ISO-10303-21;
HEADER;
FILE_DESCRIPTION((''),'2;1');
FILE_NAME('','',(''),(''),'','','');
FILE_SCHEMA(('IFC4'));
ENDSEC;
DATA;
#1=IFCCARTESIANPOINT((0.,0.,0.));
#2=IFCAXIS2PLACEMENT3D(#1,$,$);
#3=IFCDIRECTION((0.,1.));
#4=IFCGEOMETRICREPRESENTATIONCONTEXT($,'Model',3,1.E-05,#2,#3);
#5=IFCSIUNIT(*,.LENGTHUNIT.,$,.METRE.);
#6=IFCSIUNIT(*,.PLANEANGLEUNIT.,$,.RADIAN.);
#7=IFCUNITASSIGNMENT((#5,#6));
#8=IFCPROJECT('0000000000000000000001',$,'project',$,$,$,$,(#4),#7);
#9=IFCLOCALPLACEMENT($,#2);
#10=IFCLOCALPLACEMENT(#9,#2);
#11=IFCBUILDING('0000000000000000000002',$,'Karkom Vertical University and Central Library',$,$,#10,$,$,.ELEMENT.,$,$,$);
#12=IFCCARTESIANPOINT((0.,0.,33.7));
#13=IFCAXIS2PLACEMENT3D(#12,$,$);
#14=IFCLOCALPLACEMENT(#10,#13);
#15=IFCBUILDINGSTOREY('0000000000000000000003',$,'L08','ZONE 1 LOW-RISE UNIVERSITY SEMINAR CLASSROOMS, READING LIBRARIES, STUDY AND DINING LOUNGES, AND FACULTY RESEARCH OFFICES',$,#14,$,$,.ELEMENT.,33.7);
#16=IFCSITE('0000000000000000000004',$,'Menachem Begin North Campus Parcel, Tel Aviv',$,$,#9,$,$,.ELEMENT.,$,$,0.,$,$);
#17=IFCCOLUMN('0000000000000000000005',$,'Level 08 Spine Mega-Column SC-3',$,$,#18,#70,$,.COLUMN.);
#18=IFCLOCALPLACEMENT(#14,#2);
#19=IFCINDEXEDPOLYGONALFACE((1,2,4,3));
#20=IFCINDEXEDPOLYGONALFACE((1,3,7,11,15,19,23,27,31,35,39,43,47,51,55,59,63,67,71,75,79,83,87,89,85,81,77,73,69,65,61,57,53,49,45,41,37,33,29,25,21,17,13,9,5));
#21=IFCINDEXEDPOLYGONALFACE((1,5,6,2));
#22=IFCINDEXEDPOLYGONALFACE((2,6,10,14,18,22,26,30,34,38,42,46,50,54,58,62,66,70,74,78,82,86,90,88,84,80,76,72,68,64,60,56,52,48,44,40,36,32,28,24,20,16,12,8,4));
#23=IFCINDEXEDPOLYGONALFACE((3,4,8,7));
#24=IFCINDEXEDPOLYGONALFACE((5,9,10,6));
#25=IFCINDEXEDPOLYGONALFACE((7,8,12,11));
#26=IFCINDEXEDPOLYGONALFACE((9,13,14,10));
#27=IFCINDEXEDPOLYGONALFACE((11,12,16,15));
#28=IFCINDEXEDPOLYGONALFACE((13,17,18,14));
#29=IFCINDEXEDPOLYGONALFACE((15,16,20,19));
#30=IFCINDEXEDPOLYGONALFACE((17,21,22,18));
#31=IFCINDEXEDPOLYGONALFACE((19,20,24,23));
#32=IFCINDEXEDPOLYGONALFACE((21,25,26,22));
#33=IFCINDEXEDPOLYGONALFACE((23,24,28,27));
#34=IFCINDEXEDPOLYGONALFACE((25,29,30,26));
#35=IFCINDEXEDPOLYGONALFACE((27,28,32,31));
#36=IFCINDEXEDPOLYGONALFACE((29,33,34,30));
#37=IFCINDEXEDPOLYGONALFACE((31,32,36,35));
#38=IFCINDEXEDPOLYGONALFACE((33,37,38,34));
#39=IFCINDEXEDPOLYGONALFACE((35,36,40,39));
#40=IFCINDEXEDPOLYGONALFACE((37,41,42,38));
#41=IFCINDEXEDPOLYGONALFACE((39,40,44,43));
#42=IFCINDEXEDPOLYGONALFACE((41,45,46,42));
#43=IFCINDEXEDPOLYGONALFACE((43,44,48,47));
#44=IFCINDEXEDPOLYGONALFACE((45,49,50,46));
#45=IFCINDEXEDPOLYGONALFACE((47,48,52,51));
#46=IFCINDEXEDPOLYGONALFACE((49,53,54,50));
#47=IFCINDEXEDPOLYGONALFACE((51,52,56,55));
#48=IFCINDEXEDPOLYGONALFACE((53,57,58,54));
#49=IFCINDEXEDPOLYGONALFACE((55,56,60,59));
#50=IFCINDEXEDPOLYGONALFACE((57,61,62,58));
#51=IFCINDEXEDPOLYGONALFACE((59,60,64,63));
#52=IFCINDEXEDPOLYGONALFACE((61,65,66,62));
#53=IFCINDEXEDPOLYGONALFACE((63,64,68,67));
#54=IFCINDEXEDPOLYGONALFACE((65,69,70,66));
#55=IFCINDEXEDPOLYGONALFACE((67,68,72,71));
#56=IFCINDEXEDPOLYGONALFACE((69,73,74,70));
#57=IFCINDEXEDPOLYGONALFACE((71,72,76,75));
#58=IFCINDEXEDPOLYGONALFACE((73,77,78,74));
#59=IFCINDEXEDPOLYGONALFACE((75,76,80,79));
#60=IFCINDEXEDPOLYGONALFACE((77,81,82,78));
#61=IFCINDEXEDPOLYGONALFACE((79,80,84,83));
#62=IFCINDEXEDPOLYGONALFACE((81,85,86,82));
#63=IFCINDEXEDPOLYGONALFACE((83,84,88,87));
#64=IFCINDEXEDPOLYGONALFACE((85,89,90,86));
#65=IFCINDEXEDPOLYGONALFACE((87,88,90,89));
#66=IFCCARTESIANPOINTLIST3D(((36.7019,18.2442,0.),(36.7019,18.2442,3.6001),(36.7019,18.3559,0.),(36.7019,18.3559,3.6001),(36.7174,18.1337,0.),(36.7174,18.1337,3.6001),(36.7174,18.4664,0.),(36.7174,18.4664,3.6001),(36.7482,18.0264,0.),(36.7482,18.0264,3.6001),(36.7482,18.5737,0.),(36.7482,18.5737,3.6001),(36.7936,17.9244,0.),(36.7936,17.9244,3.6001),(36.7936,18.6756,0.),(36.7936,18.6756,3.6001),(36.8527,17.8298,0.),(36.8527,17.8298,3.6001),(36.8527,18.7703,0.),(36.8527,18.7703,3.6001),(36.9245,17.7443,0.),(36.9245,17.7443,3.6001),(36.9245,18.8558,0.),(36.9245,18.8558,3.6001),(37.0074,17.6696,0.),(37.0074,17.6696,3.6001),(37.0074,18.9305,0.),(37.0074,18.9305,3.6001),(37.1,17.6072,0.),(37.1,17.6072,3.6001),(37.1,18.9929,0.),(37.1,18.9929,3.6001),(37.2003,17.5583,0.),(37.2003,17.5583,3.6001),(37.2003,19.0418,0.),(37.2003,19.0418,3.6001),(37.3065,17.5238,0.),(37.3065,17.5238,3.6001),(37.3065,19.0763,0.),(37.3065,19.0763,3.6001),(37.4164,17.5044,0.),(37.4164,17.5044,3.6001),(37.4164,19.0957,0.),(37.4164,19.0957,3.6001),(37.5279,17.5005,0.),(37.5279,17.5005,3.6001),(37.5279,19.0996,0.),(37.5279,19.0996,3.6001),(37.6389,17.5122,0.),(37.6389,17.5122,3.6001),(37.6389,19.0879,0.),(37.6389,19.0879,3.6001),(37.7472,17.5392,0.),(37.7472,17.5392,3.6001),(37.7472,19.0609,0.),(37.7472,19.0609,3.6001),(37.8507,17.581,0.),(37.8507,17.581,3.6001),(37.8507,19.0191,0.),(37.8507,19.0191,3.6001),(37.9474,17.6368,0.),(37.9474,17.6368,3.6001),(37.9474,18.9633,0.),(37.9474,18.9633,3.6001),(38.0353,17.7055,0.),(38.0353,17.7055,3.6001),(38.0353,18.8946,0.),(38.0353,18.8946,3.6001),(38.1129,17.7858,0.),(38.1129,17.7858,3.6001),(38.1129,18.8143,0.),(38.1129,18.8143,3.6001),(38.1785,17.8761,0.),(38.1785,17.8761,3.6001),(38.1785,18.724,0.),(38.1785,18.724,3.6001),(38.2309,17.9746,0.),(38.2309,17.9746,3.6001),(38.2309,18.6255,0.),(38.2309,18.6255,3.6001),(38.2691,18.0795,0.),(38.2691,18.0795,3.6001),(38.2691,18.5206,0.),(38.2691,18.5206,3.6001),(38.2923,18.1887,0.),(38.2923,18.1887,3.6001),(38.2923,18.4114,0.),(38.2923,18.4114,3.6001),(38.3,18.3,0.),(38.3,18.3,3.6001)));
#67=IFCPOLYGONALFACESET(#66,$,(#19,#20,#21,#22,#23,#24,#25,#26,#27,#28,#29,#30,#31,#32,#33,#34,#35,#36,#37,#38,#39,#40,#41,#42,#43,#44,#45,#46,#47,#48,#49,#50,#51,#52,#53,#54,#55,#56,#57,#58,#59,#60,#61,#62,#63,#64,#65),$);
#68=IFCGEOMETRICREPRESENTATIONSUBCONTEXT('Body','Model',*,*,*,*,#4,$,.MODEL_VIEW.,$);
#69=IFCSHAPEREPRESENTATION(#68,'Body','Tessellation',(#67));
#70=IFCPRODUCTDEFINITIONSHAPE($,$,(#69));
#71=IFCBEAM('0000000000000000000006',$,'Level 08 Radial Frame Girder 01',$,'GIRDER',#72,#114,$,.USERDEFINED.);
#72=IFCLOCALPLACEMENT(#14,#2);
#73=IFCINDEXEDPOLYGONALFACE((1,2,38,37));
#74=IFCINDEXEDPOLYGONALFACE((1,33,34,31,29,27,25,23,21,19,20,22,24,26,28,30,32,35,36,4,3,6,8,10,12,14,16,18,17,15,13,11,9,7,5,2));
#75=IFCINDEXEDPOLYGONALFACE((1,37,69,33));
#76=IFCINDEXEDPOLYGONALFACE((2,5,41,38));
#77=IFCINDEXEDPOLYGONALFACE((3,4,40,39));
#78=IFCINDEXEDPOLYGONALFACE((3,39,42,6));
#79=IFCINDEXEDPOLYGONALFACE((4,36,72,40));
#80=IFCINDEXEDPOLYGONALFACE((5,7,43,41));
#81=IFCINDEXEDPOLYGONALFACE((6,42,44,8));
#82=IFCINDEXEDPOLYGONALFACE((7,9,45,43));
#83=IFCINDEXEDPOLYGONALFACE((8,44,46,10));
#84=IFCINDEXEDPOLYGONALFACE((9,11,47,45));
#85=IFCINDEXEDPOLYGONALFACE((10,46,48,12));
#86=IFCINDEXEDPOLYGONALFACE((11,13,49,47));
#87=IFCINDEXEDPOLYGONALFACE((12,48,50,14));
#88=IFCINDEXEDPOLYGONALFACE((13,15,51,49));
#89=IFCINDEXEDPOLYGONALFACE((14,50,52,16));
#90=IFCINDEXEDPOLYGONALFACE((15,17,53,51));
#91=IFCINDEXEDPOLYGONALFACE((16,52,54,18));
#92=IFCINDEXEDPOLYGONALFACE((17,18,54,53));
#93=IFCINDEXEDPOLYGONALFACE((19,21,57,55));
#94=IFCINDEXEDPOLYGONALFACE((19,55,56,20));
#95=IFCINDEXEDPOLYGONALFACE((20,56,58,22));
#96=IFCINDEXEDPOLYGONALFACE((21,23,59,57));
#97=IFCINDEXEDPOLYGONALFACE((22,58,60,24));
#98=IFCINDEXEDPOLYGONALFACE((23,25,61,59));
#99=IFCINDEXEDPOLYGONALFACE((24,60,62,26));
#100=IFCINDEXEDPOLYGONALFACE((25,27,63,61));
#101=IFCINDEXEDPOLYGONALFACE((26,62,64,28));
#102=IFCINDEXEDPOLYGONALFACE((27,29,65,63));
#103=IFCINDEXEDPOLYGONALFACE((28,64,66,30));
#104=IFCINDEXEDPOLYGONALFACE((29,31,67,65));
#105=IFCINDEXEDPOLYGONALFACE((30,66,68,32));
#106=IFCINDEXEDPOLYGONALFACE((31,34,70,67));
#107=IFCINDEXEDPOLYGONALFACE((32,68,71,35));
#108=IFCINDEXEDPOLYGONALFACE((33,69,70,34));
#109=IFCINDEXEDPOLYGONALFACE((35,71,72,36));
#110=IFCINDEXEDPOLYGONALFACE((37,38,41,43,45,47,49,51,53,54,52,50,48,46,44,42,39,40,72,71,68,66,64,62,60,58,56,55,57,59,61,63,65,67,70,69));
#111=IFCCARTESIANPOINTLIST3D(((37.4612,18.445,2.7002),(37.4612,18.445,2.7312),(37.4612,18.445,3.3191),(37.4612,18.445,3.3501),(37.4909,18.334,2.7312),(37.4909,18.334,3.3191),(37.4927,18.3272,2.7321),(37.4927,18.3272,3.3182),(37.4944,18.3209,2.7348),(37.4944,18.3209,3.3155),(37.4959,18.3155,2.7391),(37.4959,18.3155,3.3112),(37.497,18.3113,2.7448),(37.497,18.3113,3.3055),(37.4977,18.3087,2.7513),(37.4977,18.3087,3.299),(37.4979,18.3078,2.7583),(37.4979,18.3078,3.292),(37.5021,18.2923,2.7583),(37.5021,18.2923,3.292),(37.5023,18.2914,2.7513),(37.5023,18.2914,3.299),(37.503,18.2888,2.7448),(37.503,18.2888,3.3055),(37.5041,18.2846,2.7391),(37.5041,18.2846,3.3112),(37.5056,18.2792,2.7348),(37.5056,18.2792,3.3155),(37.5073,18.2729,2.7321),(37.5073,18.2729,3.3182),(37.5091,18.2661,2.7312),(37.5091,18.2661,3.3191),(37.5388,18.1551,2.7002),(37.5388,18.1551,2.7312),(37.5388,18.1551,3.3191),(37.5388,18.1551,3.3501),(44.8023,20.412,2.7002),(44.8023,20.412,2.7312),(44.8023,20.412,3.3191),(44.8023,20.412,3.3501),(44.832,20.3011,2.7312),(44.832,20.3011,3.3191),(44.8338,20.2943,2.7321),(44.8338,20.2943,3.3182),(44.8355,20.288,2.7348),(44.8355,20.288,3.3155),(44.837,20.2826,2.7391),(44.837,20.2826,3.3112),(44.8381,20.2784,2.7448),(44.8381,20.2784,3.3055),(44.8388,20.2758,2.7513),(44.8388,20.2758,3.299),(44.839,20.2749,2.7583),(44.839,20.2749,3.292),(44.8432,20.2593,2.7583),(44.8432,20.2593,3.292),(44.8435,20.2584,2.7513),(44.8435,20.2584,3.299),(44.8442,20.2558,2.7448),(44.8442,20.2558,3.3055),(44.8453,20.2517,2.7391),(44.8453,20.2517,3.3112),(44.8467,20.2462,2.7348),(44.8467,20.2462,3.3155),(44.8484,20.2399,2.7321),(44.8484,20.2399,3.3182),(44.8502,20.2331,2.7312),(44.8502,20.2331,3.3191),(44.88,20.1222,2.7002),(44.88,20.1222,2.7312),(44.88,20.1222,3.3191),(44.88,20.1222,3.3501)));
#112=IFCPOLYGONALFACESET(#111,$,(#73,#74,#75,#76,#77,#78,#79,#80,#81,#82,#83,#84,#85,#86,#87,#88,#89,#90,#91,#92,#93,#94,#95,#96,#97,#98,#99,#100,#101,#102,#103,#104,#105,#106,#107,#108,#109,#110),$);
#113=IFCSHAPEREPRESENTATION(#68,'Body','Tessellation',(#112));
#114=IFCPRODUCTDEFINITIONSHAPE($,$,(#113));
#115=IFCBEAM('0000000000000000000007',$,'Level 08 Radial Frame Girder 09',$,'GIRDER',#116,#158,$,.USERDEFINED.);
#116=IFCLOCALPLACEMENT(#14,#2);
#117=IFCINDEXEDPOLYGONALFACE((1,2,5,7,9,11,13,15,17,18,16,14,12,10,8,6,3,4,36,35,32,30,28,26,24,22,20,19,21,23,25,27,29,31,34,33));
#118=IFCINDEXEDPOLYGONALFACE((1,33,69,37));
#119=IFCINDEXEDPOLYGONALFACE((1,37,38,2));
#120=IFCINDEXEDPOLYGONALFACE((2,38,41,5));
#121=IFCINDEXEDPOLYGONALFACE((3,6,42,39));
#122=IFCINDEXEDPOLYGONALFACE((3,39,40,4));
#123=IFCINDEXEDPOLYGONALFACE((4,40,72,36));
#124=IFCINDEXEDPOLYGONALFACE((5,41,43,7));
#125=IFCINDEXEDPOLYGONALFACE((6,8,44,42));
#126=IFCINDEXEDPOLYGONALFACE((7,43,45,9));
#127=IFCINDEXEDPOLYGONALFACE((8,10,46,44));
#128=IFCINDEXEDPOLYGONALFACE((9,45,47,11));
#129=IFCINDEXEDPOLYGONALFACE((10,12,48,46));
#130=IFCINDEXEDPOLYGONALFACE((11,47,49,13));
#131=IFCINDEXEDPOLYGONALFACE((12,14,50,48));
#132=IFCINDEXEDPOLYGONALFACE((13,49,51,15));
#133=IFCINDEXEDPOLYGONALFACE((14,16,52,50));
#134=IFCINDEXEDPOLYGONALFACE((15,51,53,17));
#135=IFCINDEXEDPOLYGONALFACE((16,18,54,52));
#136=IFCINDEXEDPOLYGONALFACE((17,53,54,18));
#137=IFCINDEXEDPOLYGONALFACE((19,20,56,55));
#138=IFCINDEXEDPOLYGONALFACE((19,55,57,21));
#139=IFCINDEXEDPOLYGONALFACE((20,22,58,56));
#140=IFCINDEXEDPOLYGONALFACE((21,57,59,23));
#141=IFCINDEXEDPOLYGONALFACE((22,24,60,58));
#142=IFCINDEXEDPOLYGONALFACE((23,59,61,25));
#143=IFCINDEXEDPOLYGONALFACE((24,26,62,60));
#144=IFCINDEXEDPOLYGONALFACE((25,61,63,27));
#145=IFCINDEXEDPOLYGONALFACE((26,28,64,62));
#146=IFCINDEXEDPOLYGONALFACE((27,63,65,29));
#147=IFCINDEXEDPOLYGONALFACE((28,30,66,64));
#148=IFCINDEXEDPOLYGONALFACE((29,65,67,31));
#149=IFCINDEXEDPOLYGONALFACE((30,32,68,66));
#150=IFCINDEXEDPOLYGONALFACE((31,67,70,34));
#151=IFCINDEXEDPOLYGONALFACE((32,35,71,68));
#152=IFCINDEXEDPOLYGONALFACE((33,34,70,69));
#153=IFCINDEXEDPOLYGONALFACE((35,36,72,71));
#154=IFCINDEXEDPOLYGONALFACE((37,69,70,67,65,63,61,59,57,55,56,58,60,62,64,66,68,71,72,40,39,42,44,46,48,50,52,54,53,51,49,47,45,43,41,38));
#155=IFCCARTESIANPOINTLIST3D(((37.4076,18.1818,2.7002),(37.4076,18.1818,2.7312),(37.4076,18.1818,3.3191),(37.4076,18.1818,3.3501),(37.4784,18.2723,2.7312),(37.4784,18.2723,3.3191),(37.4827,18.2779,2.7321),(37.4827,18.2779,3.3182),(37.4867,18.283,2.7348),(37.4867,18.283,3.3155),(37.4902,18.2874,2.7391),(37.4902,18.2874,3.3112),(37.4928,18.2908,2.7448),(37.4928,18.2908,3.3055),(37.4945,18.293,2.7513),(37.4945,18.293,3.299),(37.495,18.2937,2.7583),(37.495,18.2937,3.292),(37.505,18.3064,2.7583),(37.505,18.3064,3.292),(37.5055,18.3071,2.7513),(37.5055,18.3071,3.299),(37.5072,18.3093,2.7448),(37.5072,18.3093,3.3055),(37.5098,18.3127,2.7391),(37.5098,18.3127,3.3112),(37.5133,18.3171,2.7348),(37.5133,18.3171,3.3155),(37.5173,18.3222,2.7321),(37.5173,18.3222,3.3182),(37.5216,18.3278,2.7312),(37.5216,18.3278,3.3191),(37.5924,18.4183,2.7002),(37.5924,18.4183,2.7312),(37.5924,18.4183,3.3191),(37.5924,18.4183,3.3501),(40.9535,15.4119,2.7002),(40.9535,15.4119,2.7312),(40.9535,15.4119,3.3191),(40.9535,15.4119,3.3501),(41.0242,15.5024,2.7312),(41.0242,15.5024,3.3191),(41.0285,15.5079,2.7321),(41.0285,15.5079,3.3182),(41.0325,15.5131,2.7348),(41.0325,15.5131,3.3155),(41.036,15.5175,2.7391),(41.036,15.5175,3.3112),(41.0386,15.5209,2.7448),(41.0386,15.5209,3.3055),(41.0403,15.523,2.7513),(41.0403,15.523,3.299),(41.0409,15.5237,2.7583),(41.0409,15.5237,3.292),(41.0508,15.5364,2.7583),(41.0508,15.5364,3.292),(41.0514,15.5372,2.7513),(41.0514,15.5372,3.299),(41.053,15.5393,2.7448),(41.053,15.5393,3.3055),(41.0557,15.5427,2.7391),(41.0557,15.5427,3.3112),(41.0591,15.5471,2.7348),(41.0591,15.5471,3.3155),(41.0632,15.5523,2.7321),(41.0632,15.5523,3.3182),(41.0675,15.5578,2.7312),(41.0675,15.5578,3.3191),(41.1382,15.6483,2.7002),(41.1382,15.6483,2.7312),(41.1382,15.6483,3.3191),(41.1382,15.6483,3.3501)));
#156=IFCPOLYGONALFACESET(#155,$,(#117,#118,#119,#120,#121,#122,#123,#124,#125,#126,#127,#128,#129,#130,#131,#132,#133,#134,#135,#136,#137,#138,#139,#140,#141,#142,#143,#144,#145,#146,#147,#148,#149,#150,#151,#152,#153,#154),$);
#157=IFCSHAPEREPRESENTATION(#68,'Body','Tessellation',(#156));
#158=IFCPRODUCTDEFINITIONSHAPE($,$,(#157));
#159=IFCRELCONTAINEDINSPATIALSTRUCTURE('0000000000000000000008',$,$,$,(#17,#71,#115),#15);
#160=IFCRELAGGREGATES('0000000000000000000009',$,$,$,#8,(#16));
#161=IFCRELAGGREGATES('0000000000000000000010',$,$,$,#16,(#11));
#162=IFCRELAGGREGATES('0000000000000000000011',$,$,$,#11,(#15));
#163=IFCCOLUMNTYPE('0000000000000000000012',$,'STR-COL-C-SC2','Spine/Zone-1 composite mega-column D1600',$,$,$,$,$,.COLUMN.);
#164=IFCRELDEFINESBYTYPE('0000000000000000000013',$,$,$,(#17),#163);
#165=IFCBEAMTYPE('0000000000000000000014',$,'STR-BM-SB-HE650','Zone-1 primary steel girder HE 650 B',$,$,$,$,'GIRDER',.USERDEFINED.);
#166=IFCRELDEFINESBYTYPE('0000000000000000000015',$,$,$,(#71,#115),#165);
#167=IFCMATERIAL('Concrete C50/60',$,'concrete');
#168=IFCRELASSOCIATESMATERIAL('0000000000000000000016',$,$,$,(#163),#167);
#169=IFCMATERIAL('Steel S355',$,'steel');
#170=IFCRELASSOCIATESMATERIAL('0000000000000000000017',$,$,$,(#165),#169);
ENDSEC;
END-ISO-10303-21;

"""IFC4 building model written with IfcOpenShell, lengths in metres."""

from ifc_helpers import new_model, si_unit, direction, frame, origin, origin_with_axes, origin_2d, place, context, subcontext, project, spatial, circle, i_section, extrude, source, transform, mapped, material, material_profile, profile_set, type_object, element, save


model = new_model("IFC4")

# Units and contexts
model_context = context("Model", 3, precision=1e-05, world=origin(), true_north=direction((0.0, 1.0)))
body_context = subcontext(model_context, "Body", "Model", "MODEL_VIEW")
ifc_project = project(units=[si_unit("LENGTHUNIT", "METRE"), si_unit("PLANEANGLEUNIT", "RADIAN")], contexts=[model_context])

# Site, building, storey
site_placement = place(None, origin())
site = spatial("IfcSite", under=ifc_project, at=site_placement, Name="Menachem Begin North Campus Parcel, Tel Aviv", CompositionType="ELEMENT", RefElevation=0.0)
building_placement = place(site_placement, origin())
building = spatial("IfcBuilding", under=site, at=building_placement, Name="Karkom Vertical University and Central Library", CompositionType="ELEMENT")
storey_placement = place(building_placement, frame((0.0, 0.0, 33.7)))
storey = spatial("IfcBuildingStorey", under=building, at=storey_placement, Name="L08", Description="ZONE 1 LOW-RISE UNIVERSITY SEMINAR CLASSROOMS, READING LIBRARIES, STUDY AND DINING LOUNGES, AND FACULTY RESEARCH OFFICES", CompositionType="ELEMENT", Elevation=33.7)

# Column
ifc_material_1 = material(Name="Concrete C50/60", Category="concrete")
ifc_material_profile_1 = material_profile(ifc_material_1, circle(Radius=0.8, at=origin_2d()), Name="CFT-D1600")
ifc_profile_set_1 = profile_set([ifc_material_profile_1], Name="Concrete C50/60")
column_type = type_object("IfcColumnType", Name="STR-COL-C-SC2", Description="Spine/Zone-1 composite mega-column D1600", PredefinedType="COLUMN", material=ifc_profile_set_1)
shared_shape_1 = source(origin_with_axes(), body_context, "Body", "SweptSolid", [
    extrude(circle(Radius=0.8, at=origin_2d()), origin(), (0.0, 0.0, 1.0), 3.6001),
])
column_placement = place(storey_placement, frame((37.5, 18.3, 0.0), z_axis=(0.0, 0.0, 1.0), x_axis=(1.0, 0.0, 0.0)))
element("IfcColumn", 1, at=column_placement, inside=storey, type_object=column_type, Name="Level 08 Spine Mega-Column SC-3", PredefinedType="COLUMN", context=body_context, shape_type="MappedRepresentation", body=[
    mapped(shared_shape_1, transform((0.0, 0.0, 0.0), scale=1.0)),
])

# Beams
ifc_material_2 = material(Name="Steel S355", Category="steel")
ifc_material_profile_2 = material_profile(ifc_material_2, i_section(OverallWidth=0.3, OverallDepth=0.6499, WebThickness=0.0161, FlangeThickness=0.031, FilletRadius=0.0271, at=origin_2d()), Name="HE 650 B")
ifc_profile_set_2 = profile_set([ifc_material_profile_2], Name="Steel S355")
beam_type_1 = type_object("IfcBeamType", Name="STR-BM-SB-HE650", Description="Zone-1 primary steel girder HE 650 B", ElementType="GIRDER", PredefinedType="USERDEFINED", material=ifc_profile_set_2)
shared_shape_2 = source(origin_with_axes(), body_context, "Body", "SweptSolid", [
    extrude(i_section(OverallWidth=0.3, OverallDepth=0.6499, WebThickness=0.0161, FlangeThickness=0.031, FilletRadius=0.0271, at=origin_2d()), origin(), (0.0, 0.0, 1.0), 7.6001),
])
beam_1_placement = place(storey_placement, frame((37.5, 18.3, 3.0251), z_axis=(0.965926, 0.25882, 0.0), x_axis=(-0.25882, 0.965926, 0.0)))
element("IfcBeam", 2, at=beam_1_placement, inside=storey, type_object=beam_type_1, Name="Level 08 Radial Frame Girder 01", ObjectType="GIRDER", PredefinedType="USERDEFINED", context=body_context, shape_type="MappedRepresentation", body=[
    mapped(shared_shape_2, transform((0.0, 0.0, 0.0), scale=1.0)),
])
shared_shape_3 = source(origin_with_axes(), body_context, "Body", "SweptSolid", [
    extrude(i_section(OverallWidth=0.3, OverallDepth=0.6499, WebThickness=0.0161, FlangeThickness=0.031, FilletRadius=0.0271, at=origin_2d()), origin(), (0.0, 0.0, 1.0), 4.4995),
])
beam_2_placement = place(storey_placement, frame((37.5, 18.3, 3.0251), z_axis=(0.788047, -0.615615, 0.0), x_axis=(0.615615, 0.788047, 0.0)))
element("IfcBeam", 3, at=beam_2_placement, inside=storey, type_object=beam_type_1, Name="Level 08 Radial Frame Girder 09", ObjectType="GIRDER", PredefinedType="USERDEFINED", context=body_context, shape_type="MappedRepresentation", body=[
    mapped(shared_shape_3, transform((0.0, 0.0, 0.0), scale=1.0)),
])

save(model, "model.ifc")
